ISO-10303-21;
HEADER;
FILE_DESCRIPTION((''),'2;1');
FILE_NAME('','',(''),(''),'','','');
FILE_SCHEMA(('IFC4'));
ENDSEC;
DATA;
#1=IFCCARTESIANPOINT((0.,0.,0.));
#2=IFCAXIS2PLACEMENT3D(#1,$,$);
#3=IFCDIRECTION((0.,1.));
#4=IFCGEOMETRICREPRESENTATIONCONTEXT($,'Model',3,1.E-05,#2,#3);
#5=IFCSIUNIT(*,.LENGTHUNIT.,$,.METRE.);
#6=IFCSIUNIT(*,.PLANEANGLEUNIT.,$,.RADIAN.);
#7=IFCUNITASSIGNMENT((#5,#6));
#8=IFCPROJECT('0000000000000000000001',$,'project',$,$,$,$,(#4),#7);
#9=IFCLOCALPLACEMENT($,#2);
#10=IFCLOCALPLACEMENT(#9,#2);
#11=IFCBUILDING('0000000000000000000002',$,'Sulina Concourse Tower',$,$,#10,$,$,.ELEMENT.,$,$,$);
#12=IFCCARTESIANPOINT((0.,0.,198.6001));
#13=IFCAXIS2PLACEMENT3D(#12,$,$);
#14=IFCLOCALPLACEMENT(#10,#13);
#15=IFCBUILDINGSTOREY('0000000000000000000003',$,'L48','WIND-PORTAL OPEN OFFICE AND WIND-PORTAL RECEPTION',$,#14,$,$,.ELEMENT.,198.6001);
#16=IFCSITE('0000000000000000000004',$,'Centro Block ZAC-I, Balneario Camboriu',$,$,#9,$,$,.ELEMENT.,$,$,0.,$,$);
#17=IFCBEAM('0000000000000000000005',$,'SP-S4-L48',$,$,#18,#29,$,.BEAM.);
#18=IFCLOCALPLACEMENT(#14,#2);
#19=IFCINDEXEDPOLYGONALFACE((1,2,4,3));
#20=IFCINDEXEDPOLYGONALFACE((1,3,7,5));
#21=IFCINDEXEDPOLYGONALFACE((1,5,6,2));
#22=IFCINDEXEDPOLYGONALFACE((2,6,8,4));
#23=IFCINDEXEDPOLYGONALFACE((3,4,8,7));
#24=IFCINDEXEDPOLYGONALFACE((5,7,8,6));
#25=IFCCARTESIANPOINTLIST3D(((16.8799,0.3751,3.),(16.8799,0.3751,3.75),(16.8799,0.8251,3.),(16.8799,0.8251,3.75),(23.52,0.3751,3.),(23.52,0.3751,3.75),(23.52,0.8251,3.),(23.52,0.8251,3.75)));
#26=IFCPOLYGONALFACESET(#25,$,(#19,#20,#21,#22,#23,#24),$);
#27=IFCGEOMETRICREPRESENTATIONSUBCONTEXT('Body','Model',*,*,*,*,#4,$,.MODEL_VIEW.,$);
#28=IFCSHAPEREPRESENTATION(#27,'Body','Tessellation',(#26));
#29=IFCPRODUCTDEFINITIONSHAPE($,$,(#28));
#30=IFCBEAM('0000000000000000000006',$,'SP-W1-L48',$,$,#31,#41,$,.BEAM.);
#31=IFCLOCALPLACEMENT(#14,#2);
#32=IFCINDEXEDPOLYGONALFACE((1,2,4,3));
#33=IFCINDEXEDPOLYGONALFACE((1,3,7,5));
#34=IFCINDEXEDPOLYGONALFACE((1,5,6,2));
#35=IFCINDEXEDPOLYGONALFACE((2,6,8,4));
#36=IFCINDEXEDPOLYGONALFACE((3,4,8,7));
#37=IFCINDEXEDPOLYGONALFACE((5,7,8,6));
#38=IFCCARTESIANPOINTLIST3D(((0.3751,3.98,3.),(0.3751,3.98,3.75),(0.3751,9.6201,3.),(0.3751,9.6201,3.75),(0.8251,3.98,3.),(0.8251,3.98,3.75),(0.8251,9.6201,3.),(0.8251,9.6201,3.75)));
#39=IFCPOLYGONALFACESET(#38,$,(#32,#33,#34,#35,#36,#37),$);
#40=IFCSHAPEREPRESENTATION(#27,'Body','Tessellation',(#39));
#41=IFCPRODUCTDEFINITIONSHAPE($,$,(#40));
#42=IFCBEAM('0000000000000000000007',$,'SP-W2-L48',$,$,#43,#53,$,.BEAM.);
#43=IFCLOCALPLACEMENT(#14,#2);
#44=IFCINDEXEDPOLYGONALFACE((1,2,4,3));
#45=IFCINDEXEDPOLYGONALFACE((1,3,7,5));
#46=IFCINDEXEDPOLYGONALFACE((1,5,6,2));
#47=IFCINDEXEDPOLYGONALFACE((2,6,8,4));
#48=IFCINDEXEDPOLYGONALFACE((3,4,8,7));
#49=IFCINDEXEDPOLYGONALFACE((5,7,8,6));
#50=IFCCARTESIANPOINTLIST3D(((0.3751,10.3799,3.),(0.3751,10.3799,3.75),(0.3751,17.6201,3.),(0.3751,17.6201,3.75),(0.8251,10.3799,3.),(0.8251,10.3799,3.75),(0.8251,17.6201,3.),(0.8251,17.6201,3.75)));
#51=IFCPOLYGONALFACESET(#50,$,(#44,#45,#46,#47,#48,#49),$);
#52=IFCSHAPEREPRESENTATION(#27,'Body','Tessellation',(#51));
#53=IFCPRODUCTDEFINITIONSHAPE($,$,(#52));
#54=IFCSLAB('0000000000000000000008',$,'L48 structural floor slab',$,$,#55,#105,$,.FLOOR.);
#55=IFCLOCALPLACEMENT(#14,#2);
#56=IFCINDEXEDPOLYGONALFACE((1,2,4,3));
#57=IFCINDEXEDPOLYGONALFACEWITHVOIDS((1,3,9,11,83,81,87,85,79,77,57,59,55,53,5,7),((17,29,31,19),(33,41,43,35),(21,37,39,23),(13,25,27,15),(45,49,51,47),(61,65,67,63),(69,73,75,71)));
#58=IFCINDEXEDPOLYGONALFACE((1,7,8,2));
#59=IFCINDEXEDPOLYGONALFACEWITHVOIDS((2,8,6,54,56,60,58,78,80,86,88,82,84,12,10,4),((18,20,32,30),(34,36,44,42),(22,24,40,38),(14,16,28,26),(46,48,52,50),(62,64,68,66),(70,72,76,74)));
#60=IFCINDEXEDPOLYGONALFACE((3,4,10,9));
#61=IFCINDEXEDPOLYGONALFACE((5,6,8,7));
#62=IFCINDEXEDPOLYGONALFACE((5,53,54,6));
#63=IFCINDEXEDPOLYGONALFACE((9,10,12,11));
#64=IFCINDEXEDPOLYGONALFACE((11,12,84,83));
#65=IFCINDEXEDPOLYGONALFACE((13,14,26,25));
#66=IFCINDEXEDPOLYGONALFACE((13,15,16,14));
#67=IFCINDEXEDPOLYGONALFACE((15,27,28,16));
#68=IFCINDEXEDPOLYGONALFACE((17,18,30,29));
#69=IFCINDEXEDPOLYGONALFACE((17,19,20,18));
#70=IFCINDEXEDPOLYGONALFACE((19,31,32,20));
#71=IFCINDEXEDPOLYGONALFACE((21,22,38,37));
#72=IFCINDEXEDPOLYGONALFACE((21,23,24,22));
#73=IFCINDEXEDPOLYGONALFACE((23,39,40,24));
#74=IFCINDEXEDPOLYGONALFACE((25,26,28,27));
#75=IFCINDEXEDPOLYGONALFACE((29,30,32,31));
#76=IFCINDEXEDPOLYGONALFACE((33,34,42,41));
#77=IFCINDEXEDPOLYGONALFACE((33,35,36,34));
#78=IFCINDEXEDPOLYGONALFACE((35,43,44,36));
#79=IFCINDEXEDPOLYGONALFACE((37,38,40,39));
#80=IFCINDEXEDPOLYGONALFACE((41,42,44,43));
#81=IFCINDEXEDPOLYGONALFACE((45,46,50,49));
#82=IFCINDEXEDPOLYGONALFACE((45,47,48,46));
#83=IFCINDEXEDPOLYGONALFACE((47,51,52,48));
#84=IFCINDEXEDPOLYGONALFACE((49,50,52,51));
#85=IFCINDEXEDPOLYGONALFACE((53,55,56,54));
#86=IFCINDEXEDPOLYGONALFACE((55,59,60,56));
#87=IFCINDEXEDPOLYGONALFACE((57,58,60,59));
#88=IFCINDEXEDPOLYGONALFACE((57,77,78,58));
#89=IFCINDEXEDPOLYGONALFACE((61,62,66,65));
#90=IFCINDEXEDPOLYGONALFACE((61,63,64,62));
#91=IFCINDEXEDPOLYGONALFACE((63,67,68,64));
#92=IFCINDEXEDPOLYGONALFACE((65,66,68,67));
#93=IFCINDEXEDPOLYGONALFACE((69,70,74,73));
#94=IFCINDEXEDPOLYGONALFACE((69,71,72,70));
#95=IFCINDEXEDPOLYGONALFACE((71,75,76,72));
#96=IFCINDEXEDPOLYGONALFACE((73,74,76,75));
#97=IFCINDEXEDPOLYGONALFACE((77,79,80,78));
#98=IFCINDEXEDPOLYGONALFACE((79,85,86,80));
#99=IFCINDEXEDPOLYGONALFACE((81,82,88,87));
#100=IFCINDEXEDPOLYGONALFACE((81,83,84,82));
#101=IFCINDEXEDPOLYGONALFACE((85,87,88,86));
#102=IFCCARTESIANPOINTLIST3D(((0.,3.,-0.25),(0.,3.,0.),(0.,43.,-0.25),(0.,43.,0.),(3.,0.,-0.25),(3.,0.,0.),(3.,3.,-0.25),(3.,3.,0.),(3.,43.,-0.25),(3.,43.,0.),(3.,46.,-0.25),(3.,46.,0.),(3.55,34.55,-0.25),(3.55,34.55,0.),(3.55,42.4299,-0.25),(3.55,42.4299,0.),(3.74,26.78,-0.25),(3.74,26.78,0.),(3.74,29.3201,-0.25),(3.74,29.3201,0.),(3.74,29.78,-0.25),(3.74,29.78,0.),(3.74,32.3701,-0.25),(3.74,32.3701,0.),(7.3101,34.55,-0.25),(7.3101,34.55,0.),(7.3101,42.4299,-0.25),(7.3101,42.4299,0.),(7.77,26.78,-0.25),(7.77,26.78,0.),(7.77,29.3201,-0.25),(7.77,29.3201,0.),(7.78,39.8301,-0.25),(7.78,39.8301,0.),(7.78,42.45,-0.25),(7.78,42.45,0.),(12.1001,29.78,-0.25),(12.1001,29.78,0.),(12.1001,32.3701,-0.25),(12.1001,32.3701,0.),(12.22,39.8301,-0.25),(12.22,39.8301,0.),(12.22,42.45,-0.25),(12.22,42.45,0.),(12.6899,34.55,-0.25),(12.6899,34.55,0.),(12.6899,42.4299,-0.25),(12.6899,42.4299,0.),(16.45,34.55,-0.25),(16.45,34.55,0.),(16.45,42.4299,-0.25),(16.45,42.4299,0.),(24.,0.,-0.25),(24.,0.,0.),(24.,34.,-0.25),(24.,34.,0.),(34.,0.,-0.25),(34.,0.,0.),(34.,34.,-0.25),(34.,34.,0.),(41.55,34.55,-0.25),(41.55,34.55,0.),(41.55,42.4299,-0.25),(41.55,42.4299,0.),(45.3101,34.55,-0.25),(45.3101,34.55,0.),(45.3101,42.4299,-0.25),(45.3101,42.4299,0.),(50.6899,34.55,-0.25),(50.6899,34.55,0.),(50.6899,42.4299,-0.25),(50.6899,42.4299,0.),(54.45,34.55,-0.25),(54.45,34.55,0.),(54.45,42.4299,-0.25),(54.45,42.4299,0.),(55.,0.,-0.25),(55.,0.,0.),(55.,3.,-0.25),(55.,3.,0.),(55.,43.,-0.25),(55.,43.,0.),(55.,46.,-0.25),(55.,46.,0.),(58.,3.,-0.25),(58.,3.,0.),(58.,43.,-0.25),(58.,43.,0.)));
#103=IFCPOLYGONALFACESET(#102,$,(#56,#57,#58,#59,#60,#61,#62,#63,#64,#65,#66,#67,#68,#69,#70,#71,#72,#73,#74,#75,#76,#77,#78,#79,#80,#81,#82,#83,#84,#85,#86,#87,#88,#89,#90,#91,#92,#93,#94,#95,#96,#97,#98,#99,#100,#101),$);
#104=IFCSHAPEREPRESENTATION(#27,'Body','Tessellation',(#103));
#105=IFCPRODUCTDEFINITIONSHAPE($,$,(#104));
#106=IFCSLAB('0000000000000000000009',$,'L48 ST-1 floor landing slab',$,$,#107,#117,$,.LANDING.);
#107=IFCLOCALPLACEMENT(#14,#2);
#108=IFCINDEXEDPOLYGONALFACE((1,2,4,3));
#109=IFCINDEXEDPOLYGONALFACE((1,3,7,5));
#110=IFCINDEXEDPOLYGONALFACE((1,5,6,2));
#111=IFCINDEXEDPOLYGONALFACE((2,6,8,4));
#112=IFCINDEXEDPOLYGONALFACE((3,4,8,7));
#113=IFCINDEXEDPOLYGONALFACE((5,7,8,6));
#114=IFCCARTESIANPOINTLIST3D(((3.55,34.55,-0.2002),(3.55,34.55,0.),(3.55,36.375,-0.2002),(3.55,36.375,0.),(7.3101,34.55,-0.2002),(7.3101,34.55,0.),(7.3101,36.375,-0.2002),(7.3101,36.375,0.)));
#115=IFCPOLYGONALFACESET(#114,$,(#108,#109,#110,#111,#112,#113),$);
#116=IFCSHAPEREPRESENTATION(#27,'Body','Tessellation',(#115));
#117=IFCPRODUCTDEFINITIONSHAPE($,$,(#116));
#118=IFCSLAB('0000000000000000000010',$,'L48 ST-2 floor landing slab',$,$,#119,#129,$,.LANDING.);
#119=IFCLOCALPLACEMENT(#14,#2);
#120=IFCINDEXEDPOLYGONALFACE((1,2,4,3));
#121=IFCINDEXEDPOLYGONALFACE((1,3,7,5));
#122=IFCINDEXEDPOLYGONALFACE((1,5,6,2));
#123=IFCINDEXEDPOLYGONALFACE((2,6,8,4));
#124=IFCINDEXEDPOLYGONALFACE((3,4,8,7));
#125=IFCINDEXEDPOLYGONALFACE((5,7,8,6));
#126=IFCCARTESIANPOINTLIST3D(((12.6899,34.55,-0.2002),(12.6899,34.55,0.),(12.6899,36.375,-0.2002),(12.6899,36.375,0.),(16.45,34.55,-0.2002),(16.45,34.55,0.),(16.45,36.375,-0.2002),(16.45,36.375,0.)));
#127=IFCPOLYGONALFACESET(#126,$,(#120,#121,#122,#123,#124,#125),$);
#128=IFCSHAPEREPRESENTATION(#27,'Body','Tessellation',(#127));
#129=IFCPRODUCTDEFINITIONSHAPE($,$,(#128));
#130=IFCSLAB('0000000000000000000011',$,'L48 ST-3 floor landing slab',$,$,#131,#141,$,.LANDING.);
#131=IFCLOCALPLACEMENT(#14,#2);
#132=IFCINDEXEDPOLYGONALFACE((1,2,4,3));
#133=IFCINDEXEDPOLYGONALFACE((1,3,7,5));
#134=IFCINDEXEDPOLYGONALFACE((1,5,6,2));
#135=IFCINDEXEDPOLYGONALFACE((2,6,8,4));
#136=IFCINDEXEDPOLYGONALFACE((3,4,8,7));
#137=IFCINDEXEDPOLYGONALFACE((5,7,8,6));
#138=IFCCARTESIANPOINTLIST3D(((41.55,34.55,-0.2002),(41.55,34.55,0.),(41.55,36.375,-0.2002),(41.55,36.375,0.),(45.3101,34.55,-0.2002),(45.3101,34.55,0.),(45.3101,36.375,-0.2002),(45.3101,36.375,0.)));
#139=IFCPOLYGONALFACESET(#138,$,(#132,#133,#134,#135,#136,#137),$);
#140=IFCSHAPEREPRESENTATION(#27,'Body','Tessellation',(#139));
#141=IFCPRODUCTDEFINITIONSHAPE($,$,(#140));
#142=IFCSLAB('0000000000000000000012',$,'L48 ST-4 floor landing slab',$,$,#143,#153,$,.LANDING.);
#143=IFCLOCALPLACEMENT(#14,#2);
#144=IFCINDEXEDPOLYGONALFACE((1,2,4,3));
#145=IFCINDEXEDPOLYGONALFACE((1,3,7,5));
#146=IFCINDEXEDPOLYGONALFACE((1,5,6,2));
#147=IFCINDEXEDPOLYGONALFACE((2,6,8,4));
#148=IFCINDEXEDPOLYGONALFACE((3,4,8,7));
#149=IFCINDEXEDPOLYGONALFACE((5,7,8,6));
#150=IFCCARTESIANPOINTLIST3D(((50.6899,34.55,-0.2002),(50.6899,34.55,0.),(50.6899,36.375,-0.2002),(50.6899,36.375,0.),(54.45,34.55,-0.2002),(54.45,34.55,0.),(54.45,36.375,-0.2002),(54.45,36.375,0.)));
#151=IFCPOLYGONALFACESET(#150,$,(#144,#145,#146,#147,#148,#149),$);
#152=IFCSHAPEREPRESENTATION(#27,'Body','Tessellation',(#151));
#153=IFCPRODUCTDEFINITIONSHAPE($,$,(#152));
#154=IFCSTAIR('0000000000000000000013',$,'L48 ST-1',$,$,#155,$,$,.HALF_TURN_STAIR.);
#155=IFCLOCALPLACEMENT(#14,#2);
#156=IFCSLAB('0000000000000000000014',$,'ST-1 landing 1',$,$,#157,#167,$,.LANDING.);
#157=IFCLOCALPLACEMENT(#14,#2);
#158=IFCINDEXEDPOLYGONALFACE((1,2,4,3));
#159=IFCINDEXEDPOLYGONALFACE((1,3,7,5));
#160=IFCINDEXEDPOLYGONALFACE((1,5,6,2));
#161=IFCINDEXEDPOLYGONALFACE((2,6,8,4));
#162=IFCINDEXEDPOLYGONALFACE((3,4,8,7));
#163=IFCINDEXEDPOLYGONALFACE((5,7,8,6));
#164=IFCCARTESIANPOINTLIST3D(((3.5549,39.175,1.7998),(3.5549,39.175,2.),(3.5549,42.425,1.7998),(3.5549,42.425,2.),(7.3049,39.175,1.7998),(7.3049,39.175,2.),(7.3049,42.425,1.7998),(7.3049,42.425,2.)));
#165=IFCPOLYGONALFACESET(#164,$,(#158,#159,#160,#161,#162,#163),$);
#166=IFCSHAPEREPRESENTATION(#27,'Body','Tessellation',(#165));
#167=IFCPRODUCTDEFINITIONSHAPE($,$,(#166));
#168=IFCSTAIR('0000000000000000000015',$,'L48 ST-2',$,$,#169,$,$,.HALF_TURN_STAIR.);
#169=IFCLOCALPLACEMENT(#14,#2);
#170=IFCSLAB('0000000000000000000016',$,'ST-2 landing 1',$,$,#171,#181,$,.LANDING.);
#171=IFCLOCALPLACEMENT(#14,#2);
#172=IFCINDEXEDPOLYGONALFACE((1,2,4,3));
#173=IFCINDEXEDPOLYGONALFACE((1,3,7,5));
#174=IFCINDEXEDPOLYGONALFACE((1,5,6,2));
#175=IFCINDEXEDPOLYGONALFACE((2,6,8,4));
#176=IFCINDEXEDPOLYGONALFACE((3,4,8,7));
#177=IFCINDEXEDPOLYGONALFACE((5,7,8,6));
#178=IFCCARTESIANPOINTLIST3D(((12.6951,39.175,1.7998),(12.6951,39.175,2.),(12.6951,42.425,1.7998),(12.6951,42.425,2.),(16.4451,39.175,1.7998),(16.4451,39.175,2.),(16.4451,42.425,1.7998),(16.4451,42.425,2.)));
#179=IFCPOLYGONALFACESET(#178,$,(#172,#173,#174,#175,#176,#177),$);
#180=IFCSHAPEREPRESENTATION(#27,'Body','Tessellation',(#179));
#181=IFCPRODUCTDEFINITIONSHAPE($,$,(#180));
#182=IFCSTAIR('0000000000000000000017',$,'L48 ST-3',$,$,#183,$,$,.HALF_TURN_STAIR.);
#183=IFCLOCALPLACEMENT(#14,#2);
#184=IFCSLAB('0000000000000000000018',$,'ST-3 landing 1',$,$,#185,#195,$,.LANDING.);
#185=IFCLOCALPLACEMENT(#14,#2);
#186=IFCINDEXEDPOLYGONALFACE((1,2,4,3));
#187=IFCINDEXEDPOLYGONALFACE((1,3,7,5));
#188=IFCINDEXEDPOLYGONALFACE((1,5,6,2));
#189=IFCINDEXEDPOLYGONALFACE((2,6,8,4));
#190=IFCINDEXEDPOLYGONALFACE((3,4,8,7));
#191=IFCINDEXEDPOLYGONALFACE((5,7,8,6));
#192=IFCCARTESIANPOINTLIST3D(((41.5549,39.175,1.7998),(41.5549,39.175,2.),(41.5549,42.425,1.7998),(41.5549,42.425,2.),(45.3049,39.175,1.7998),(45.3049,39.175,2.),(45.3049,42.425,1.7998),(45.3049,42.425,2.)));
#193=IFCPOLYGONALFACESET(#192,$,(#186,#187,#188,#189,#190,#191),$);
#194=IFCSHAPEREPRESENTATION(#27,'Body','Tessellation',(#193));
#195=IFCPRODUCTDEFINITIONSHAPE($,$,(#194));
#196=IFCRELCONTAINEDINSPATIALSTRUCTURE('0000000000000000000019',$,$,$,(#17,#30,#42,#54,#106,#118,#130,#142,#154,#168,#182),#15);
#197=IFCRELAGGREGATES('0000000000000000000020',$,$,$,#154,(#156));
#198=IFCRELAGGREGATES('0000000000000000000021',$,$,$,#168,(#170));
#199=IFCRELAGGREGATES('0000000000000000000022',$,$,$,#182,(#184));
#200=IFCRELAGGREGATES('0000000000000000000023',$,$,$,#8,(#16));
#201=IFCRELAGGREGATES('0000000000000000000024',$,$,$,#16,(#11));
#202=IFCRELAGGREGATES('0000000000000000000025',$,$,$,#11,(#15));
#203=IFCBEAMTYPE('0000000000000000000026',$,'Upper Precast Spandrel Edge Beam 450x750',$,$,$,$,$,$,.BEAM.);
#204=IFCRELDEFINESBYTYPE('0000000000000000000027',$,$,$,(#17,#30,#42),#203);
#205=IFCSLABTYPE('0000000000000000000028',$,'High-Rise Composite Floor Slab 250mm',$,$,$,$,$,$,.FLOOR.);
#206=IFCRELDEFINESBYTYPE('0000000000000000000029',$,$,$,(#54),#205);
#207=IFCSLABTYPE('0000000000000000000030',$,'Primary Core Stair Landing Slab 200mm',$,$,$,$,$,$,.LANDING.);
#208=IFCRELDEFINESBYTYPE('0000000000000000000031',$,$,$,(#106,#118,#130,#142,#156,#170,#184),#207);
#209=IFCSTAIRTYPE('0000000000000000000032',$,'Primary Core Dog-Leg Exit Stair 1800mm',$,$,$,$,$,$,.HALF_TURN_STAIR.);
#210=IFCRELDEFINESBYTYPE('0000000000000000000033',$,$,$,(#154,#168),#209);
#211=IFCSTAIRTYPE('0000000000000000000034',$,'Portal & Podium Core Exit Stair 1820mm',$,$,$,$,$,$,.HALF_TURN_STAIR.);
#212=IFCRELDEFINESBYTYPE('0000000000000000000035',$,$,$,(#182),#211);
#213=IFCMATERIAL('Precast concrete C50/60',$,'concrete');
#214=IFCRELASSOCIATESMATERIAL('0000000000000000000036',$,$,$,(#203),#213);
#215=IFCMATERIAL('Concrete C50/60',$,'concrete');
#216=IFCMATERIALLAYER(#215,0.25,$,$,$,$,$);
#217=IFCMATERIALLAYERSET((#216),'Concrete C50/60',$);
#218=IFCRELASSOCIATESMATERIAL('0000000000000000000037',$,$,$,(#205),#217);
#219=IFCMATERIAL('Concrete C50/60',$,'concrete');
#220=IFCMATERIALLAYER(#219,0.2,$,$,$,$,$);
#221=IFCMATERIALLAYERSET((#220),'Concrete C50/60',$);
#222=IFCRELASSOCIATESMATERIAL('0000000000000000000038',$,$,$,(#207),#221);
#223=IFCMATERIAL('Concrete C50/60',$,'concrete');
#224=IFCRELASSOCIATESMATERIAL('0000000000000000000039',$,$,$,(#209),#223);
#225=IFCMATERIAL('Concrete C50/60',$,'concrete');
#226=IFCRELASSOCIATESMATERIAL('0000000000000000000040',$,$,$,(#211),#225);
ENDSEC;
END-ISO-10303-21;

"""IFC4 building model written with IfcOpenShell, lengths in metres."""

from ifc_helpers import new_model, si_unit, direction, frame, origin, origin_2d, place, context, subcontext, project, spatial, polyline, rectangle, outline, extrude, material, layer, layer_set, material_profile, profile_set, type_object, element, aggregate, save


model = new_model("IFC4")

# Units and contexts
model_context = context("Model", 3, precision=1e-05, world=origin(), true_north=direction((0.0, 1.0)))
body_context = subcontext(model_context, "Body", "Model", "MODEL_VIEW")
ifc_project = project(units=[si_unit("LENGTHUNIT", "METRE"), si_unit("PLANEANGLEUNIT", "RADIAN")], contexts=[model_context])

# Site, building, storey
site_placement = place(None, origin())
site = spatial("IfcSite", under=ifc_project, at=site_placement, Name="Centro Block ZAC-I, Balneario Camboriu", CompositionType="ELEMENT", RefElevation=0.0)
building_placement = place(site_placement, origin())
building = spatial("IfcBuilding", under=site, at=building_placement, Name="Sulina Concourse Tower", CompositionType="ELEMENT")
storey_placement = place(building_placement, frame((0.0, 0.0, 198.6001)))
storey = spatial("IfcBuildingStorey", under=building, at=storey_placement, Name="L48", Description="WIND-PORTAL OPEN OFFICE AND WIND-PORTAL RECEPTION", CompositionType="ELEMENT", Elevation=198.6001)

# Beams
ifc_material_1 = material(Name="Precast concrete C50/60", Category="concrete")
ifc_material_profile_1 = material_profile(ifc_material_1, rectangle(XDim=0.45, YDim=0.75, at=origin_2d()), Name="RC 450x750")
ifc_profile_set_1 = profile_set([ifc_material_profile_1], Name="Precast concrete C50/60")
beam_type_1 = type_object("IfcBeamType", Name="Upper Precast Spandrel Edge Beam 450x750", PredefinedType="BEAM", material=ifc_profile_set_1)
beam_1_placement = place(storey_placement, frame((16.8799, 0.6001, 3.375), z_axis=(1.0, 0.0, 0.0), x_axis=(0.0, 1.0, 0.0)))
element("IfcBeam", 1, at=beam_1_placement, inside=storey, type_object=beam_type_1, Name="SP-S4-L48", PredefinedType="BEAM", context=body_context, shape_type="SweptSolid", body=[
    extrude(rectangle(XDim=0.45, YDim=0.75, at=origin_2d()), origin(), (0.0, 0.0, 1.0), 6.6401),
])
beam_2_placement = place(storey_placement, frame((0.6001, 3.98, 3.375), z_axis=(0.0, 1.0, 0.0), x_axis=(-1.0, 0.0, 0.0)))
element("IfcBeam", 2, at=beam_2_placement, inside=storey, type_object=beam_type_1, Name="SP-W1-L48", PredefinedType="BEAM", context=body_context, shape_type="SweptSolid", body=[
    extrude(rectangle(XDim=0.45, YDim=0.75, at=origin_2d()), origin(), (0.0, 0.0, 1.0), 5.6401),
])
beam_3_placement = place(storey_placement, frame((0.6001, 10.3799, 3.375), z_axis=(0.0, 1.0, 0.0), x_axis=(-1.0, 0.0, 0.0)))
element("IfcBeam", 3, at=beam_3_placement, inside=storey, type_object=beam_type_1, Name="SP-W2-L48", PredefinedType="BEAM", context=body_context, shape_type="SweptSolid", body=[
    extrude(rectangle(XDim=0.45, YDim=0.75, at=origin_2d()), origin(), (0.0, 0.0, 1.0), 7.2402),
])

# Slabs
ifc_material_2 = material(Name="Concrete C50/60", Category="concrete")
ifc_layer_1 = layer(ifc_material_2, 0.25)
ifc_layer_set_1 = layer_set([ifc_layer_1], Name="Concrete C50/60")
slab_type_1 = type_object("IfcSlabType", Name="High-Rise Composite Floor Slab 250mm", PredefinedType="FLOOR", material=ifc_layer_set_1)
slab_1_placement = place(storey_placement, frame((0.0, 0.0, -0.25)))
element("IfcSlab", 4, at=slab_1_placement, inside=storey, type_object=slab_type_1, Name="L48 structural floor slab", PredefinedType="FLOOR", context=body_context, shape_type="SweptSolid", body=[
    extrude(outline(polyline([(3.0, 0.0), (24.0, 0.0), (24.0, 34.0), (34.0, 34.0), (34.0, 0.0), (55.0, 0.0), (55.0, 3.0), (58.0, 3.0), (58.0, 43.0), (55.0, 43.0), (55.0, 46.0), (3.0, 46.0), (3.0, 43.0), (0.0, 43.0), (0.0, 3.0), (3.0, 3.0), (3.0, 0.0)]), holes=[polyline([(7.3101, 34.55), (7.3101, 42.4299), (3.55, 42.4299), (3.55, 34.55), (7.3101, 34.55)]), polyline([(16.45, 34.55), (16.45, 42.4299), (12.6899, 42.4299), (12.6899, 34.55), (16.45, 34.55)]), polyline([(45.3101, 34.55), (45.3101, 42.4299), (41.55, 42.4299), (41.55, 34.55), (45.3101, 34.55)]), polyline([(54.45, 34.55), (54.45, 42.4299), (50.6899, 42.4299), (50.6899, 34.55), (54.45, 34.55)]), polyline([(7.78, 39.8301), (12.22, 39.8301), (12.22, 42.45), (7.78, 42.45), (7.78, 39.8301)]), polyline([(3.74, 26.78), (7.77, 26.78), (7.77, 29.3201), (3.74, 29.3201), (3.74, 26.78)]), polyline([(3.74, 29.78), (12.1001, 29.78), (12.1001, 32.3701), (3.74, 32.3701), (3.74, 29.78)])]), origin(), (0.0, 0.0, 1.0), 0.25),
])
ifc_material_3 = material(Name="Concrete C50/60", Category="concrete")
ifc_layer_2 = layer(ifc_material_3, 0.2)
ifc_layer_set_2 = layer_set([ifc_layer_2], Name="Concrete C50/60")
slab_type_2 = type_object("IfcSlabType", Name="Primary Core Stair Landing Slab 200mm", PredefinedType="LANDING", material=ifc_layer_set_2)
slab_2_placement = place(storey_placement, frame((0.0, 0.0, -0.2002)))
element("IfcSlab", 5, at=slab_2_placement, inside=storey, type_object=slab_type_2, Name="L48 ST-1 floor landing slab", PredefinedType="LANDING", context=body_context, shape_type="SweptSolid", body=[
    extrude(outline(polyline([(7.3101, 34.55), (7.3101, 36.375), (3.55, 36.375), (3.55, 34.55), (7.3101, 34.55)])), origin(), (0.0, 0.0, 1.0), 0.2002),
])
slab_3_placement = place(storey_placement, frame((0.0, 0.0, -0.2002)))
element("IfcSlab", 6, at=slab_3_placement, inside=storey, type_object=slab_type_2, Name="L48 ST-2 floor landing slab", PredefinedType="LANDING", context=body_context, shape_type="SweptSolid", body=[
    extrude(outline(polyline([(16.45, 34.55), (16.45, 36.375), (12.6899, 36.375), (12.6899, 34.55), (16.45, 34.55)])), origin(), (0.0, 0.0, 1.0), 0.2002),
])
slab_4_placement = place(storey_placement, frame((0.0, 0.0, -0.2002)))
element("IfcSlab", 7, at=slab_4_placement, inside=storey, type_object=slab_type_2, Name="L48 ST-3 floor landing slab", PredefinedType="LANDING", context=body_context, shape_type="SweptSolid", body=[
    extrude(outline(polyline([(45.3101, 34.55), (45.3101, 36.375), (41.55, 36.375), (41.55, 34.55), (45.3101, 34.55)])), origin(), (0.0, 0.0, 1.0), 0.2002),
])
slab_5_placement = place(storey_placement, frame((0.0, 0.0, -0.2002)))
element("IfcSlab", 8, at=slab_5_placement, inside=storey, type_object=slab_type_2, Name="L48 ST-4 floor landing slab", PredefinedType="LANDING", context=body_context, shape_type="SweptSolid", body=[
    extrude(outline(polyline([(54.45, 34.55), (54.45, 36.375), (50.6899, 36.375), (50.6899, 34.55), (54.45, 34.55)])), origin(), (0.0, 0.0, 1.0), 0.2002),
])

# Stairs, slabs
ifc_material_4 = material(Name="Concrete C50/60", Category="concrete")
stair_type_1 = type_object("IfcStairType", Name="Primary Core Dog-Leg Exit Stair 1800mm", PredefinedType="HALF_TURN_STAIR", material=ifc_material_4)
stair_1_placement = place(storey_placement, origin())
stair_1 = element("IfcStair", 9, at=stair_1_placement, inside=storey, type_object=stair_type_1, Name="L48 ST-1", PredefinedType="HALF_TURN_STAIR")
slab_6_placement = place(storey_placement, frame((0.0, 0.0, 1.7998)))
slab_6 = element("IfcSlab", 10, at=slab_6_placement, type_object=slab_type_2, Name="ST-1 landing 1", PredefinedType="LANDING", context=body_context, shape_type="SweptSolid", body=[
    extrude(outline(polyline([(7.3049, 39.175), (7.3049, 42.425), (3.5549, 42.425), (3.5549, 39.175), (7.3049, 39.175)])), origin(), (0.0, 0.0, 1.0), 0.2002),
])
aggregate(stair_1, [slab_6])
stair_2_placement = place(storey_placement, origin())
stair_2 = element("IfcStair", 11, at=stair_2_placement, inside=storey, type_object=stair_type_1, Name="L48 ST-2", PredefinedType="HALF_TURN_STAIR")
slab_7_placement = place(storey_placement, frame((0.0, 0.0, 1.7998)))
slab_7 = element("IfcSlab", 12, at=slab_7_placement, type_object=slab_type_2, Name="ST-2 landing 1", PredefinedType="LANDING", context=body_context, shape_type="SweptSolid", body=[
    extrude(outline(polyline([(16.4451, 39.175), (16.4451, 42.425), (12.6951, 42.425), (12.6951, 39.175), (16.4451, 39.175)])), origin(), (0.0, 0.0, 1.0), 0.2002),
])
aggregate(stair_2, [slab_7])
ifc_material_5 = material(Name="Concrete C50/60", Category="concrete")
stair_type_2 = type_object("IfcStairType", Name="Portal & Podium Core Exit Stair 1820mm", PredefinedType="HALF_TURN_STAIR", material=ifc_material_5)
stair_3_placement = place(storey_placement, origin())
stair_3 = element("IfcStair", 13, at=stair_3_placement, inside=storey, type_object=stair_type_2, Name="L48 ST-3", PredefinedType="HALF_TURN_STAIR")
slab_8_placement = place(storey_placement, frame((0.0, 0.0, 1.7998)))
slab_8 = element("IfcSlab", 14, at=slab_8_placement, type_object=slab_type_2, Name="ST-3 landing 1", PredefinedType="LANDING", context=body_context, shape_type="SweptSolid", body=[
    extrude(outline(polyline([(45.3049, 39.175), (45.3049, 42.425), (41.5549, 42.425), (41.5549, 39.175), (45.3049, 39.175)])), origin(), (0.0, 0.0, 1.0), 0.2002),
])
aggregate(stair_3, [slab_8])

save(model, "model.ifc")
